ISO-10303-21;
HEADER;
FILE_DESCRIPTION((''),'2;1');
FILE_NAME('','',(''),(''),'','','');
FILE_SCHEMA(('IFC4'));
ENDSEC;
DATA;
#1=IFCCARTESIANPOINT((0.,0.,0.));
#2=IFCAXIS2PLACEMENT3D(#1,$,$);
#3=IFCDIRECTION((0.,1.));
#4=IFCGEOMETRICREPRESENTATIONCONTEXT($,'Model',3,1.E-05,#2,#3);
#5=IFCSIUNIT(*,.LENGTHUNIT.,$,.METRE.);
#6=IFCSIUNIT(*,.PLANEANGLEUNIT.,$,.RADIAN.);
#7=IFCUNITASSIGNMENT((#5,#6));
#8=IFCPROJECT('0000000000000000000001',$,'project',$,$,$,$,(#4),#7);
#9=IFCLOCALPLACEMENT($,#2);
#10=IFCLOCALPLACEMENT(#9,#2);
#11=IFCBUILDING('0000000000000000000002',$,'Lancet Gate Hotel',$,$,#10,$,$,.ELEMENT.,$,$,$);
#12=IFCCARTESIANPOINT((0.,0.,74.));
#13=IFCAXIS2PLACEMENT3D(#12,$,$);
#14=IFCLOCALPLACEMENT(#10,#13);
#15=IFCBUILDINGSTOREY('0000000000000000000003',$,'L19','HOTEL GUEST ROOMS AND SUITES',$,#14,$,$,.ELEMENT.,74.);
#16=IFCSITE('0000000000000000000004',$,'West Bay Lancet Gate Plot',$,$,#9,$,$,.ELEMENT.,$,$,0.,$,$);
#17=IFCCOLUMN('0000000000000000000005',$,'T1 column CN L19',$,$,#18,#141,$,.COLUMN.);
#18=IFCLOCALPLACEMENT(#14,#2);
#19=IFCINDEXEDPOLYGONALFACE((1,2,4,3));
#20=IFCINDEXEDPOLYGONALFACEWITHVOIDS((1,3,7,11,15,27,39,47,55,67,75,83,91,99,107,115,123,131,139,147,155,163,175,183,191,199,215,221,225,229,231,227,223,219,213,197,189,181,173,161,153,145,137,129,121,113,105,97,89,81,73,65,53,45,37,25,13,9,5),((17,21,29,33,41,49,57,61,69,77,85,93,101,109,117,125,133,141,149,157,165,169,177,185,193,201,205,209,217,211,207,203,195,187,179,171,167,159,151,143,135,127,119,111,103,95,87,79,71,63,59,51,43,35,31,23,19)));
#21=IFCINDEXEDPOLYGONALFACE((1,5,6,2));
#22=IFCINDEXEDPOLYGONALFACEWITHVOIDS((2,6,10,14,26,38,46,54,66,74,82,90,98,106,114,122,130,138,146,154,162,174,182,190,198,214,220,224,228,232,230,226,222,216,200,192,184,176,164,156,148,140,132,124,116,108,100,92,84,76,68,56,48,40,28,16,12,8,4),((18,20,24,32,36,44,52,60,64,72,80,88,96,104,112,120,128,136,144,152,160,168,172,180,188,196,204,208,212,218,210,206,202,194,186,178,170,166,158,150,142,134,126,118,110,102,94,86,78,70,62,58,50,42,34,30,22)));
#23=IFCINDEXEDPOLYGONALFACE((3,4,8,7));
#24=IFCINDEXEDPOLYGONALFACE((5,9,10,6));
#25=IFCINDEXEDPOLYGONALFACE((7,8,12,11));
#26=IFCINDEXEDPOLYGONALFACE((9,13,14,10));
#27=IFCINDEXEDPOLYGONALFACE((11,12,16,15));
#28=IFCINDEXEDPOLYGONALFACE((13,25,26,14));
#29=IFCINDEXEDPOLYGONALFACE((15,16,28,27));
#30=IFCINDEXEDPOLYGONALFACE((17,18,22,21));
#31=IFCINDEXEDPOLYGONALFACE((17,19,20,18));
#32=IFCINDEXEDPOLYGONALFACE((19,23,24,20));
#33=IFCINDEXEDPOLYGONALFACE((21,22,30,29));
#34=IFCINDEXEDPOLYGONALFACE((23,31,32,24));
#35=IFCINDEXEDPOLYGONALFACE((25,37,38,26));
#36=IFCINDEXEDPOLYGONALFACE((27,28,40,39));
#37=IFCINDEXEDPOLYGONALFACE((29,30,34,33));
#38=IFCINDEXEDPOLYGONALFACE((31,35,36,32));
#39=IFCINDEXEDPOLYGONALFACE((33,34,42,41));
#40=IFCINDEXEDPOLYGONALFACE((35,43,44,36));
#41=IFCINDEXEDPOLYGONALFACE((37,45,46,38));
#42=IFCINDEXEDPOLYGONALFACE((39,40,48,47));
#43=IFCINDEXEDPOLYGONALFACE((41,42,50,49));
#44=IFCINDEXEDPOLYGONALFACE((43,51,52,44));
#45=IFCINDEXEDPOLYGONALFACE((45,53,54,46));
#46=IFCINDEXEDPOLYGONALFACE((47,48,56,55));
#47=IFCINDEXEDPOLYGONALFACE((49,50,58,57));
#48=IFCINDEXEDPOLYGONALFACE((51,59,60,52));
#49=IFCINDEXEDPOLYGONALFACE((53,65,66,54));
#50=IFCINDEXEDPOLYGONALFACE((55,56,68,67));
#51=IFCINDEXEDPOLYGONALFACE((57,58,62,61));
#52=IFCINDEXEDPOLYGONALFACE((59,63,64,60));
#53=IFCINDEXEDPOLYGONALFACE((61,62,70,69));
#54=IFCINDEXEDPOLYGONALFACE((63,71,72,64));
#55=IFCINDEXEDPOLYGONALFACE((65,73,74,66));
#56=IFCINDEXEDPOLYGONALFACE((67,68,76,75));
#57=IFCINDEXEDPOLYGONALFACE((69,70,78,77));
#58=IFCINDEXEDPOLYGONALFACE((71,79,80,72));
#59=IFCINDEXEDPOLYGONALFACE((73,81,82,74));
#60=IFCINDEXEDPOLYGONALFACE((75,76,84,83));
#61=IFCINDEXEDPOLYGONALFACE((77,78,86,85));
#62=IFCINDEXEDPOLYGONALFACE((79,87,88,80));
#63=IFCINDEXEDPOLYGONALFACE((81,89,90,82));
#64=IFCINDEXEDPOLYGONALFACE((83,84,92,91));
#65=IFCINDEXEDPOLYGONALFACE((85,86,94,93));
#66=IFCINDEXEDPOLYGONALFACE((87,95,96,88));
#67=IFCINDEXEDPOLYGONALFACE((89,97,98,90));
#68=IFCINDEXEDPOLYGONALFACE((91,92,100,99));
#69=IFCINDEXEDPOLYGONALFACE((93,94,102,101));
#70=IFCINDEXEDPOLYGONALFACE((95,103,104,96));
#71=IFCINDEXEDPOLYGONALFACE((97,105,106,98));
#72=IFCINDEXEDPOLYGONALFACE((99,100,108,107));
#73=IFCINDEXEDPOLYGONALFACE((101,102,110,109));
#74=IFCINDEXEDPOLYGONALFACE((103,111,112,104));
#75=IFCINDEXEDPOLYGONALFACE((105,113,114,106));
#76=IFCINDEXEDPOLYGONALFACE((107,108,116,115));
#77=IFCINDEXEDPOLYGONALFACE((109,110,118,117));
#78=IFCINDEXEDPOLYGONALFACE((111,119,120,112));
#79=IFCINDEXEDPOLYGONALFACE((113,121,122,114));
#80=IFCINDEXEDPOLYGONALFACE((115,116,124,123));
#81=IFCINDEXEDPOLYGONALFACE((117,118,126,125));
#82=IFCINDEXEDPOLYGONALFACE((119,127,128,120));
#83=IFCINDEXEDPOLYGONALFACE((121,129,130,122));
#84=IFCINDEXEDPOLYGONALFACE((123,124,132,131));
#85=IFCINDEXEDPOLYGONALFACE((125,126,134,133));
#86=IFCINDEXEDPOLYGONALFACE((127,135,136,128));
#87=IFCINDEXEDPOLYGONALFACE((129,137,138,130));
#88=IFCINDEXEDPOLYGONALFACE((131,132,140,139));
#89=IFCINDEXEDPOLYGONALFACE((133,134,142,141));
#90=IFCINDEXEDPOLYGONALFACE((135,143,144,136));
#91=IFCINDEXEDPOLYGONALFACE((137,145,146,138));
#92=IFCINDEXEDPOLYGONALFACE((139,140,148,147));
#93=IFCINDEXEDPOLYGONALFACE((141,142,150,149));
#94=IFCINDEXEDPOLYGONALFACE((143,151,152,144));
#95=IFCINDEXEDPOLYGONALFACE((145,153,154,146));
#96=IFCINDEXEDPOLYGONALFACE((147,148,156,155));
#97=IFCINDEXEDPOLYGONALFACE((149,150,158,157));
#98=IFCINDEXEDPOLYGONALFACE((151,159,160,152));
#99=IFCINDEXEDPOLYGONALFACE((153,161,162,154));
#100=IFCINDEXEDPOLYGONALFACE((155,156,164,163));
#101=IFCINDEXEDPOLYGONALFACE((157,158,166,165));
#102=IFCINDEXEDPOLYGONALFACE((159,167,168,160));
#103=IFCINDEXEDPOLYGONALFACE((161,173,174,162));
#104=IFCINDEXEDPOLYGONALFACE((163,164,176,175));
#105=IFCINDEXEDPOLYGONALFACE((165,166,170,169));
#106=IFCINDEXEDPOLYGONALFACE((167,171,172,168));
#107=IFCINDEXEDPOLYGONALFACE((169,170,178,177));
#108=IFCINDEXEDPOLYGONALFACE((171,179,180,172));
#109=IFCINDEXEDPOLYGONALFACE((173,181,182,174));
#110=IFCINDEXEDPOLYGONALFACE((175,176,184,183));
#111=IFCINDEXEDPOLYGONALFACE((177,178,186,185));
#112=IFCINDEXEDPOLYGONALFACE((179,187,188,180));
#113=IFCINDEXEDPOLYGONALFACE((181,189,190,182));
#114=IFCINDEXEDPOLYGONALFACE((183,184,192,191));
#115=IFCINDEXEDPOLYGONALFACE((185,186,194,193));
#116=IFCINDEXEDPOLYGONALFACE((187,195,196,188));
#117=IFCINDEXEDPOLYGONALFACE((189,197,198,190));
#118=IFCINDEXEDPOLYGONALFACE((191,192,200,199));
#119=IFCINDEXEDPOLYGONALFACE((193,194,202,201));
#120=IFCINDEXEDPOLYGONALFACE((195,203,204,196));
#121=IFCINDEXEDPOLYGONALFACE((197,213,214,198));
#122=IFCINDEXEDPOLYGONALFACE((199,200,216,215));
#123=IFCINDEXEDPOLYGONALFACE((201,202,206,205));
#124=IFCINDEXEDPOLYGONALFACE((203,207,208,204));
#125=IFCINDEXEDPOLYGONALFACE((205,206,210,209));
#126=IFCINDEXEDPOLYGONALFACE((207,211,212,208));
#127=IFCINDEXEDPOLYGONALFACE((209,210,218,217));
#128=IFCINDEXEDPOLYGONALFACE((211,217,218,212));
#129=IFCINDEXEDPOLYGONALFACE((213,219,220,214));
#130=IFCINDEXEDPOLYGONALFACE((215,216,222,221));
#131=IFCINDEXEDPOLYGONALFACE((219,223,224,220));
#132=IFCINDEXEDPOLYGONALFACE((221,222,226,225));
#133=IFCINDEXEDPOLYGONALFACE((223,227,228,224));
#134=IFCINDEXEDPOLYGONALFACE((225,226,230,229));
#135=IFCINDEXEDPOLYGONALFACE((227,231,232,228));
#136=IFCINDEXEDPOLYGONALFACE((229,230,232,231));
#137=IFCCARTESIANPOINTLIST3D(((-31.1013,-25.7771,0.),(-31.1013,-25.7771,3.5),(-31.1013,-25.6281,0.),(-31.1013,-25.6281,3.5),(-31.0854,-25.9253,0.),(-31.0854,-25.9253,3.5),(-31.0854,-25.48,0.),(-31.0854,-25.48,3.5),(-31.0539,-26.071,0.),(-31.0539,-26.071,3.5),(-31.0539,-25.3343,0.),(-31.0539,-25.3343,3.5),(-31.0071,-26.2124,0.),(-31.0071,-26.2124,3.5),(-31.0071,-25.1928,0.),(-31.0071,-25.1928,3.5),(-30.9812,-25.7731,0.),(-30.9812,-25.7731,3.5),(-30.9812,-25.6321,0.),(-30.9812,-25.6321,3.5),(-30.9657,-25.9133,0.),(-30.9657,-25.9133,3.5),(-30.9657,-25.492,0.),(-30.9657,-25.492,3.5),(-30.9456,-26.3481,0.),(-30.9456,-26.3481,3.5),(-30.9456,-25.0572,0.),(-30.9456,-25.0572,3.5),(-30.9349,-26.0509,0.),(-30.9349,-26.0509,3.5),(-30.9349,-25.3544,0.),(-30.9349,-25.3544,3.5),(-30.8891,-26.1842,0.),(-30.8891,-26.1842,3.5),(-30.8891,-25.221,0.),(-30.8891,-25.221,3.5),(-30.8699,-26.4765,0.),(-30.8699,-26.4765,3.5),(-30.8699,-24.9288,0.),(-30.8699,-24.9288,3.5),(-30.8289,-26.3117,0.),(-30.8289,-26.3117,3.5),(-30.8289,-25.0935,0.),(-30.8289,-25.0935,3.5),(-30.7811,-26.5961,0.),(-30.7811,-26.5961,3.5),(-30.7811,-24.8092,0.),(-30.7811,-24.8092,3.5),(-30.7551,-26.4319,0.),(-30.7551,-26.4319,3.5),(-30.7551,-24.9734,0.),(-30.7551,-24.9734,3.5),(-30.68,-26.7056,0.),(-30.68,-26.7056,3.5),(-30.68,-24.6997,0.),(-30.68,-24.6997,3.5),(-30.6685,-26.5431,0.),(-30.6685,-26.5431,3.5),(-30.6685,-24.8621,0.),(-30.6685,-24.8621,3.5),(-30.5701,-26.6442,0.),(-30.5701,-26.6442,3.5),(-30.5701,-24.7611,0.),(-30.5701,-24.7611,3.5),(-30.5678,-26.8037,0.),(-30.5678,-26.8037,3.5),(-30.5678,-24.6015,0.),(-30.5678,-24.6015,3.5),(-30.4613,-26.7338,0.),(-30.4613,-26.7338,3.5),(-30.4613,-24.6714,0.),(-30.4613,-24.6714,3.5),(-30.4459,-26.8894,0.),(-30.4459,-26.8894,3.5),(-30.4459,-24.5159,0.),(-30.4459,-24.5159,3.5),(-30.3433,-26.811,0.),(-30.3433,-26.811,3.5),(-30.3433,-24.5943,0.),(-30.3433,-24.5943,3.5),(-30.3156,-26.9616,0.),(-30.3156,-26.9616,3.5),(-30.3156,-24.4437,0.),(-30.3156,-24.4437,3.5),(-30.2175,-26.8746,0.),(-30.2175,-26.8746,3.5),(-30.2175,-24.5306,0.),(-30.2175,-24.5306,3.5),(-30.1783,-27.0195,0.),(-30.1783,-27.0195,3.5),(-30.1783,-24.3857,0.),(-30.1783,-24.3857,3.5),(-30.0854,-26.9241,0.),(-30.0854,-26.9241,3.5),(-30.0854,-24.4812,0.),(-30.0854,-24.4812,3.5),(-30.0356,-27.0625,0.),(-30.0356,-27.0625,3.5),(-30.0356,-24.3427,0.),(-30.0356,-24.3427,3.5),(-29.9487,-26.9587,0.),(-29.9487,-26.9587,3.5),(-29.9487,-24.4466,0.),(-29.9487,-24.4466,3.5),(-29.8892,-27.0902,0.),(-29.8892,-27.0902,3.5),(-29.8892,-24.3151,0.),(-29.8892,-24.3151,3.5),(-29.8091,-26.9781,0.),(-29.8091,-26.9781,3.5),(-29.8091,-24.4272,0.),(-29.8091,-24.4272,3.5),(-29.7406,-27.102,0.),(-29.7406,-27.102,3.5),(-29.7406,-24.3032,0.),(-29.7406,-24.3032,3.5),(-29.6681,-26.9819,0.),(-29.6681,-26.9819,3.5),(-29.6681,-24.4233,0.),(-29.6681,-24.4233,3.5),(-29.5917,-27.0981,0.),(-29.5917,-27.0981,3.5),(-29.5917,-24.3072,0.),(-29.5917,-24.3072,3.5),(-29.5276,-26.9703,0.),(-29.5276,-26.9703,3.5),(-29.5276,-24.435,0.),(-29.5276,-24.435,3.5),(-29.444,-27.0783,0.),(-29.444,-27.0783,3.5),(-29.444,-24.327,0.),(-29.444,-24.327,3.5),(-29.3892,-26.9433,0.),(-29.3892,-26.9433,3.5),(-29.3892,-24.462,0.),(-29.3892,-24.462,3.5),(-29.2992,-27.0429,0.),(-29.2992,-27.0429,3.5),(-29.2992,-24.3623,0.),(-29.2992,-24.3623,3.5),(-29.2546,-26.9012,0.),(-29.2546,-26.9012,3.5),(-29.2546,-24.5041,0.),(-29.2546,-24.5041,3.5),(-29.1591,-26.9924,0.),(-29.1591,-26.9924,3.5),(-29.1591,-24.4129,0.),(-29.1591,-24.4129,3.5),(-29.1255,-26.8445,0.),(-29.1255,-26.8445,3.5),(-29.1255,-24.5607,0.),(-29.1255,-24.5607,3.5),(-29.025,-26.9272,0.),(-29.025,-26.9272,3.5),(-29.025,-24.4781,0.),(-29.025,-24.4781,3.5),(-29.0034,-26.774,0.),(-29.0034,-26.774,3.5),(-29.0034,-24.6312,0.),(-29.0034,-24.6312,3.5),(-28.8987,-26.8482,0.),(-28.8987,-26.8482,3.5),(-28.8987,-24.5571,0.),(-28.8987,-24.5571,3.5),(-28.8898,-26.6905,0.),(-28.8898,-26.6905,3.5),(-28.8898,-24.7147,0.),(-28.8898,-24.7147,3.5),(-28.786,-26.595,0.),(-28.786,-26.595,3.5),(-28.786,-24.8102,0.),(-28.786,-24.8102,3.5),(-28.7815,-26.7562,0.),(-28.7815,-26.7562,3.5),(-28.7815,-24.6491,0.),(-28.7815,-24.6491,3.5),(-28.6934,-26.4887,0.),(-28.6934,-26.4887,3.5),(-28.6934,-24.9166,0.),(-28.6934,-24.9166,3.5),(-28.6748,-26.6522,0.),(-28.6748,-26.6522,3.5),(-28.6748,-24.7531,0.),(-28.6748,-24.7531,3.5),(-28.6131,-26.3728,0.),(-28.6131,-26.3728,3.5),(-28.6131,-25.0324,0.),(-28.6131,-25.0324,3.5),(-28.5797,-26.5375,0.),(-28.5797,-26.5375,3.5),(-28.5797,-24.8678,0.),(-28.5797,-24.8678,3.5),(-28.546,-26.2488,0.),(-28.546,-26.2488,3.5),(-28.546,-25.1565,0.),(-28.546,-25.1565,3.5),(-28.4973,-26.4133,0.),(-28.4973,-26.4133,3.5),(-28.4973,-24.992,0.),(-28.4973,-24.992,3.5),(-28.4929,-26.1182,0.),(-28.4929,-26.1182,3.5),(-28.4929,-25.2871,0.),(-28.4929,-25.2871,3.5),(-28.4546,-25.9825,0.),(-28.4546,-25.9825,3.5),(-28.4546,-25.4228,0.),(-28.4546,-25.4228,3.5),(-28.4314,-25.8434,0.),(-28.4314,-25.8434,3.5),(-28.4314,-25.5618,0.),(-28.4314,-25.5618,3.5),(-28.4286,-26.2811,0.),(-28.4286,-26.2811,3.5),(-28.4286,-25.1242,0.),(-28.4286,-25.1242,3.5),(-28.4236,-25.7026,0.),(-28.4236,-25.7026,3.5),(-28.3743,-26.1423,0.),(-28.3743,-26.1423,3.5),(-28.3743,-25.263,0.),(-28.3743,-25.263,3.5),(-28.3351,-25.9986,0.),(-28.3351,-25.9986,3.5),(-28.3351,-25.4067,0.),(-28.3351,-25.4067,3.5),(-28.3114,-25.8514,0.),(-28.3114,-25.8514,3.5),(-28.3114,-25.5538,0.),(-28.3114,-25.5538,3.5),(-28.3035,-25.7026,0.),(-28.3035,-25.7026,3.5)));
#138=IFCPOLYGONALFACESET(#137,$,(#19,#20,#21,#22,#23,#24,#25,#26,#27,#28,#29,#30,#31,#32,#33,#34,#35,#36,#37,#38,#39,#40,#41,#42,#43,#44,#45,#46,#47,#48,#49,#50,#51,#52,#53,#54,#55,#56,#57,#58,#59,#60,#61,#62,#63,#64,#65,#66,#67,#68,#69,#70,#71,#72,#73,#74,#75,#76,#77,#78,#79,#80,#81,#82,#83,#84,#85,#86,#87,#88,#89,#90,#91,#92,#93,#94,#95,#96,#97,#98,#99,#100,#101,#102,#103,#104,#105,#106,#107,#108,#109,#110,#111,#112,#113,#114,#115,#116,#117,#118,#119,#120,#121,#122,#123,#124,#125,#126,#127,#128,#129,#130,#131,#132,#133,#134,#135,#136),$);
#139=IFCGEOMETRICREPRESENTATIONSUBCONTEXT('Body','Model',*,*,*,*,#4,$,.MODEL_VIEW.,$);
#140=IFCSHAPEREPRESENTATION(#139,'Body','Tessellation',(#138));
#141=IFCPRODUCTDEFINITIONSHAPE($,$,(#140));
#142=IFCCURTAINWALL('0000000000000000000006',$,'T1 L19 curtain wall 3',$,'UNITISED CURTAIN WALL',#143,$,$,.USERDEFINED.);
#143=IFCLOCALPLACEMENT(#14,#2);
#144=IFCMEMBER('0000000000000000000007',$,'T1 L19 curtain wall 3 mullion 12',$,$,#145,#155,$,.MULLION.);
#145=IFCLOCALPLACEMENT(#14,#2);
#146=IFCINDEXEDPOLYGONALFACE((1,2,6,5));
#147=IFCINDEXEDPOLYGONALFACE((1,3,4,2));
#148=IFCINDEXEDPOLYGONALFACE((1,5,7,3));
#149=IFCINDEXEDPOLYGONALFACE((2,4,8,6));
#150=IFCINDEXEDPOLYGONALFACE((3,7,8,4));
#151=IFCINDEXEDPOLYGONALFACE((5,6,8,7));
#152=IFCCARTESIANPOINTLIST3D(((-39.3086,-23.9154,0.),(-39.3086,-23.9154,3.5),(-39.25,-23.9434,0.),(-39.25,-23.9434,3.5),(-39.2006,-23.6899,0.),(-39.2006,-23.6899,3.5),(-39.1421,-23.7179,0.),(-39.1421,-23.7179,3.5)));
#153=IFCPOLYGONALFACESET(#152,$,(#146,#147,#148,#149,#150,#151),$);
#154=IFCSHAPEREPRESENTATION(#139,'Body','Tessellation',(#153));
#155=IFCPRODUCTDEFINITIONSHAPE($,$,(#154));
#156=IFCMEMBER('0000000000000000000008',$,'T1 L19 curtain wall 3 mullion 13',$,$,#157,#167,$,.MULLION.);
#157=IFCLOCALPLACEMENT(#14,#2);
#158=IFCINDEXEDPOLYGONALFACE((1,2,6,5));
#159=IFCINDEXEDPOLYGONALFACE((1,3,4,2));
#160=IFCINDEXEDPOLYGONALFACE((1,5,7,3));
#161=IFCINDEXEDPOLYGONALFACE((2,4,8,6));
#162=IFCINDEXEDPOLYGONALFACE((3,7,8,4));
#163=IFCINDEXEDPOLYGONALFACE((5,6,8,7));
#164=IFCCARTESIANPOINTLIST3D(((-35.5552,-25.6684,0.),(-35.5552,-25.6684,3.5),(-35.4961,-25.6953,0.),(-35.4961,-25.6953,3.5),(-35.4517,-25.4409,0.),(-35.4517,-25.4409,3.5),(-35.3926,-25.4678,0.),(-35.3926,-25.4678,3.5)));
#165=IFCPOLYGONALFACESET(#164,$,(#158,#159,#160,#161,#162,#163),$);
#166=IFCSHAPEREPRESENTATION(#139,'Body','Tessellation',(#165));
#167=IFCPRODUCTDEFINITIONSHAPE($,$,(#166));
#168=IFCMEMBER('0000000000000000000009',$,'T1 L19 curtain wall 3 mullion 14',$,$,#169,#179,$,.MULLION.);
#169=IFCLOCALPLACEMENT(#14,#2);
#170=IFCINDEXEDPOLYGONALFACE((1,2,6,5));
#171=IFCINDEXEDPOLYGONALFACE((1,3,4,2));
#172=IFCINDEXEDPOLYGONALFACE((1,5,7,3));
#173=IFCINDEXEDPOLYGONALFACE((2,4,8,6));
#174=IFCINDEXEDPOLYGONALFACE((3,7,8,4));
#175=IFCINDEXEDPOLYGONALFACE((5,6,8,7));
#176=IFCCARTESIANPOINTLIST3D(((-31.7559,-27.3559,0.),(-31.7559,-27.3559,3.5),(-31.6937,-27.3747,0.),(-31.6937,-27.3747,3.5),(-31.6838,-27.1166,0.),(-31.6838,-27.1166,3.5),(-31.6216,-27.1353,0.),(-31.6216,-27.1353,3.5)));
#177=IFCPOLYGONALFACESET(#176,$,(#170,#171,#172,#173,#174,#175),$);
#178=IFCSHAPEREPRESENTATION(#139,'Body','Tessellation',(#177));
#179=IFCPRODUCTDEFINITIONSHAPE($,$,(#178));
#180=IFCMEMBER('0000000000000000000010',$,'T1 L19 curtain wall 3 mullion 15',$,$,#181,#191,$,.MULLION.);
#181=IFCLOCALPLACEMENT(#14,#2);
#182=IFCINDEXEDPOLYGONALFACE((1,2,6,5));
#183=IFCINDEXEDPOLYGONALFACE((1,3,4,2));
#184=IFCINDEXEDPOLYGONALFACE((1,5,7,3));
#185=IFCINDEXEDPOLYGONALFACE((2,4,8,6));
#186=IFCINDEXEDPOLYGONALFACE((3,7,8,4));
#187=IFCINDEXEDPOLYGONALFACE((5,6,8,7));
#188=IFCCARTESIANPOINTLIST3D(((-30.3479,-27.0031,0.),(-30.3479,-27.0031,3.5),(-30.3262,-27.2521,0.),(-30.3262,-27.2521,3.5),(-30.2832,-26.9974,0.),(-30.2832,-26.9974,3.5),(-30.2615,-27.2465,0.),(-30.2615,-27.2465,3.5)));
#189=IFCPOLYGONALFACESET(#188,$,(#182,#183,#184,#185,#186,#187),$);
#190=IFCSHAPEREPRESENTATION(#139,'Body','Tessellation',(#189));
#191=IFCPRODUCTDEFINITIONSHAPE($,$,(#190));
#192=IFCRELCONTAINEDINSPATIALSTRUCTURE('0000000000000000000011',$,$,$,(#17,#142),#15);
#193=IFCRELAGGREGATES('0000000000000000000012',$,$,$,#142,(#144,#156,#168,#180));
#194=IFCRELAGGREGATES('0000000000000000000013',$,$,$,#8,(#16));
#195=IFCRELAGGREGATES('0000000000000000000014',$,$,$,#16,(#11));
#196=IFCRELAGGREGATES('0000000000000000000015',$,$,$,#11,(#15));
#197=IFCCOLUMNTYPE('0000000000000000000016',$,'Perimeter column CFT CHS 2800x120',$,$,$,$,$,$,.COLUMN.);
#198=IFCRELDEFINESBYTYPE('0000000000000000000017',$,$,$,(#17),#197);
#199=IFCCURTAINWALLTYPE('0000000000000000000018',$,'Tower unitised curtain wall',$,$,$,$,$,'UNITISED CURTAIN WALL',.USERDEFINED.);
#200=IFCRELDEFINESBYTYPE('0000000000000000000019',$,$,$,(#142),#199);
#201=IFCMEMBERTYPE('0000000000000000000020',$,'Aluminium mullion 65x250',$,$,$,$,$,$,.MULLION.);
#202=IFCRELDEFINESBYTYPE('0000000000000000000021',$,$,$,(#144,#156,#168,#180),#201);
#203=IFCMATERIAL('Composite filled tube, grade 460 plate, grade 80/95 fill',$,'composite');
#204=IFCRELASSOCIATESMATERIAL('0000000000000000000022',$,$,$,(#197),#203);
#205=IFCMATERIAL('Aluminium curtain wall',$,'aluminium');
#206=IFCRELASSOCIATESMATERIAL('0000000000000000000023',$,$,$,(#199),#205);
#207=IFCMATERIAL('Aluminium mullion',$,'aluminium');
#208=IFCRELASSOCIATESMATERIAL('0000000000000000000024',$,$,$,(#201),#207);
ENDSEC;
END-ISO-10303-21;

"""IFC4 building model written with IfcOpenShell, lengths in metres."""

from ifc_helpers import new_model, si_unit, direction, frame, origin, origin_2d, place, context, subcontext, project, spatial, rectangle, hollow_circle, extrude, material, material_profile, profile_set, type_object, element, aggregate, save


model = new_model("IFC4")

# Units and contexts
model_context = context("Model", 3, precision=1e-05, world=origin(), true_north=direction((0.0, 1.0)))
body_context = subcontext(model_context, "Body", "Model", "MODEL_VIEW")
ifc_project = project(units=[si_unit("LENGTHUNIT", "METRE"), si_unit("PLANEANGLEUNIT", "RADIAN")], contexts=[model_context])

# Site, building, storey
site_placement = place(None, origin())
site = spatial("IfcSite", under=ifc_project, at=site_placement, Name="West Bay Lancet Gate Plot", CompositionType="ELEMENT", RefElevation=0.0)
building_placement = place(site_placement, origin())
building = spatial("IfcBuilding", under=site, at=building_placement, Name="Lancet Gate Hotel", CompositionType="ELEMENT")
storey_placement = place(building_placement, frame((0.0, 0.0, 74.0)))
storey = spatial("IfcBuildingStorey", under=building, at=storey_placement, Name="L19", Description="HOTEL GUEST ROOMS AND SUITES", CompositionType="ELEMENT", Elevation=74.0)

# Column
ifc_material_1 = material(Name="Composite filled tube, grade 460 plate, grade 80/95 fill", Category="composite")
ifc_material_profile_1 = material_profile(ifc_material_1, hollow_circle(Radius=1.3999, WallThickness=0.1201, at=origin_2d()), Name="CHS 2800x120")
ifc_profile_set_1 = profile_set([ifc_material_profile_1], Name="Composite filled tube, grade 460 plate, grade 80/95 fill")
column_type = type_object("IfcColumnType", Name="Perimeter column CFT CHS 2800x120", PredefinedType="COLUMN", material=ifc_profile_set_1)
column_placement = place(storey_placement, frame((-29.7034, -25.7026, 0.0), z_axis=(0.0, 0.0, 1.0), x_axis=(1.0, 0.0, 0.0)))
element("IfcColumn", 1, at=column_placement, inside=storey, type_object=column_type, Name="T1 column CN L19", PredefinedType="COLUMN", context=body_context, shape_type="SweptSolid", body=[
    extrude(hollow_circle(Radius=1.3999, WallThickness=0.1201, at=origin_2d()), origin(), (0.0, 0.0, 1.0), 3.5),
])

# Curtain wall, members
ifc_material_2 = material(Name="Aluminium curtain wall", Category="aluminium")
curtain_wall_type = type_object("IfcCurtainWallType", Name="Tower unitised curtain wall", ElementType="UNITISED CURTAIN WALL", PredefinedType="USERDEFINED", material=ifc_material_2)
curtain_wall_placement = place(storey_placement, origin())
curtain_wall = element("IfcCurtainWall", 2, at=curtain_wall_placement, inside=storey, type_object=curtain_wall_type, Name="T1 L19 curtain wall 3", ObjectType="UNITISED CURTAIN WALL", PredefinedType="USERDEFINED")
ifc_material_3 = material(Name="Aluminium mullion", Category="aluminium")
ifc_material_profile_2 = material_profile(ifc_material_3, rectangle(XDim=0.0649, YDim=0.25, at=origin_2d()), Name="MULLION 65x250")
ifc_profile_set_2 = profile_set([ifc_material_profile_2], Name="Aluminium mullion")
member_type_1 = type_object("IfcMemberType", Name="Aluminium mullion 65x250", PredefinedType="MULLION", material=ifc_profile_set_2)
member_1_placement = place(storey_placement, frame((-39.2253, -23.8167, 0.0), z_axis=(0.0, 0.0, 1.0), x_axis=(0.901929, -0.431885, 0.0)))
member_1 = element("IfcMember", 3, at=member_1_placement, type_object=member_type_1, Name="T1 L19 curtain wall 3 mullion 12", PredefinedType="MULLION", context=body_context, shape_type="SweptSolid", body=[
    extrude(rectangle(XDim=0.0649, YDim=0.25, at=origin_2d()), origin(), (0.0, 0.0, 1.0), 3.5),
])
member_2_placement = place(storey_placement, frame((-35.4739, -25.5681, 0.0), z_axis=(0.0, 0.0, 1.0), x_axis=(0.91022, -0.414126, 0.0)))
member_2 = element("IfcMember", 4, at=member_2_placement, type_object=member_type_1, Name="T1 L19 curtain wall 3 mullion 13", PredefinedType="MULLION", context=body_context, shape_type="SweptSolid", body=[
    extrude(rectangle(XDim=0.0649, YDim=0.25, at=origin_2d()), origin(), (0.0, 0.0, 1.0), 3.5),
])
member_3_placement = place(storey_placement, frame((-31.6887, -27.2456, 0.0), z_axis=(0.0, 0.0, 1.0), x_axis=(0.957524, -0.288352, 0.0)))
member_3 = element("IfcMember", 5, at=member_3_placement, type_object=member_type_1, Name="T1 L19 curtain wall 3 mullion 14", PredefinedType="MULLION", context=body_context, shape_type="SweptSolid", body=[
    extrude(rectangle(XDim=0.0649, YDim=0.25, at=origin_2d()), origin(), (0.0, 0.0, 1.0), 3.5),
])
member_4_placement = place(storey_placement, frame((-30.3047, -27.1248, 0.0), z_axis=(0.0, 0.0, 1.0), x_axis=(0.996204, 0.087052, 0.0)))
member_4 = element("IfcMember", 6, at=member_4_placement, type_object=member_type_1, Name="T1 L19 curtain wall 3 mullion 15", PredefinedType="MULLION", context=body_context, shape_type="SweptSolid", body=[
    extrude(rectangle(XDim=0.0649, YDim=0.25, at=origin_2d()), origin(), (0.0, 0.0, 1.0), 3.5),
])

aggregate(curtain_wall, [member_1, member_2, member_3, member_4])

save(model, "model.ifc")
